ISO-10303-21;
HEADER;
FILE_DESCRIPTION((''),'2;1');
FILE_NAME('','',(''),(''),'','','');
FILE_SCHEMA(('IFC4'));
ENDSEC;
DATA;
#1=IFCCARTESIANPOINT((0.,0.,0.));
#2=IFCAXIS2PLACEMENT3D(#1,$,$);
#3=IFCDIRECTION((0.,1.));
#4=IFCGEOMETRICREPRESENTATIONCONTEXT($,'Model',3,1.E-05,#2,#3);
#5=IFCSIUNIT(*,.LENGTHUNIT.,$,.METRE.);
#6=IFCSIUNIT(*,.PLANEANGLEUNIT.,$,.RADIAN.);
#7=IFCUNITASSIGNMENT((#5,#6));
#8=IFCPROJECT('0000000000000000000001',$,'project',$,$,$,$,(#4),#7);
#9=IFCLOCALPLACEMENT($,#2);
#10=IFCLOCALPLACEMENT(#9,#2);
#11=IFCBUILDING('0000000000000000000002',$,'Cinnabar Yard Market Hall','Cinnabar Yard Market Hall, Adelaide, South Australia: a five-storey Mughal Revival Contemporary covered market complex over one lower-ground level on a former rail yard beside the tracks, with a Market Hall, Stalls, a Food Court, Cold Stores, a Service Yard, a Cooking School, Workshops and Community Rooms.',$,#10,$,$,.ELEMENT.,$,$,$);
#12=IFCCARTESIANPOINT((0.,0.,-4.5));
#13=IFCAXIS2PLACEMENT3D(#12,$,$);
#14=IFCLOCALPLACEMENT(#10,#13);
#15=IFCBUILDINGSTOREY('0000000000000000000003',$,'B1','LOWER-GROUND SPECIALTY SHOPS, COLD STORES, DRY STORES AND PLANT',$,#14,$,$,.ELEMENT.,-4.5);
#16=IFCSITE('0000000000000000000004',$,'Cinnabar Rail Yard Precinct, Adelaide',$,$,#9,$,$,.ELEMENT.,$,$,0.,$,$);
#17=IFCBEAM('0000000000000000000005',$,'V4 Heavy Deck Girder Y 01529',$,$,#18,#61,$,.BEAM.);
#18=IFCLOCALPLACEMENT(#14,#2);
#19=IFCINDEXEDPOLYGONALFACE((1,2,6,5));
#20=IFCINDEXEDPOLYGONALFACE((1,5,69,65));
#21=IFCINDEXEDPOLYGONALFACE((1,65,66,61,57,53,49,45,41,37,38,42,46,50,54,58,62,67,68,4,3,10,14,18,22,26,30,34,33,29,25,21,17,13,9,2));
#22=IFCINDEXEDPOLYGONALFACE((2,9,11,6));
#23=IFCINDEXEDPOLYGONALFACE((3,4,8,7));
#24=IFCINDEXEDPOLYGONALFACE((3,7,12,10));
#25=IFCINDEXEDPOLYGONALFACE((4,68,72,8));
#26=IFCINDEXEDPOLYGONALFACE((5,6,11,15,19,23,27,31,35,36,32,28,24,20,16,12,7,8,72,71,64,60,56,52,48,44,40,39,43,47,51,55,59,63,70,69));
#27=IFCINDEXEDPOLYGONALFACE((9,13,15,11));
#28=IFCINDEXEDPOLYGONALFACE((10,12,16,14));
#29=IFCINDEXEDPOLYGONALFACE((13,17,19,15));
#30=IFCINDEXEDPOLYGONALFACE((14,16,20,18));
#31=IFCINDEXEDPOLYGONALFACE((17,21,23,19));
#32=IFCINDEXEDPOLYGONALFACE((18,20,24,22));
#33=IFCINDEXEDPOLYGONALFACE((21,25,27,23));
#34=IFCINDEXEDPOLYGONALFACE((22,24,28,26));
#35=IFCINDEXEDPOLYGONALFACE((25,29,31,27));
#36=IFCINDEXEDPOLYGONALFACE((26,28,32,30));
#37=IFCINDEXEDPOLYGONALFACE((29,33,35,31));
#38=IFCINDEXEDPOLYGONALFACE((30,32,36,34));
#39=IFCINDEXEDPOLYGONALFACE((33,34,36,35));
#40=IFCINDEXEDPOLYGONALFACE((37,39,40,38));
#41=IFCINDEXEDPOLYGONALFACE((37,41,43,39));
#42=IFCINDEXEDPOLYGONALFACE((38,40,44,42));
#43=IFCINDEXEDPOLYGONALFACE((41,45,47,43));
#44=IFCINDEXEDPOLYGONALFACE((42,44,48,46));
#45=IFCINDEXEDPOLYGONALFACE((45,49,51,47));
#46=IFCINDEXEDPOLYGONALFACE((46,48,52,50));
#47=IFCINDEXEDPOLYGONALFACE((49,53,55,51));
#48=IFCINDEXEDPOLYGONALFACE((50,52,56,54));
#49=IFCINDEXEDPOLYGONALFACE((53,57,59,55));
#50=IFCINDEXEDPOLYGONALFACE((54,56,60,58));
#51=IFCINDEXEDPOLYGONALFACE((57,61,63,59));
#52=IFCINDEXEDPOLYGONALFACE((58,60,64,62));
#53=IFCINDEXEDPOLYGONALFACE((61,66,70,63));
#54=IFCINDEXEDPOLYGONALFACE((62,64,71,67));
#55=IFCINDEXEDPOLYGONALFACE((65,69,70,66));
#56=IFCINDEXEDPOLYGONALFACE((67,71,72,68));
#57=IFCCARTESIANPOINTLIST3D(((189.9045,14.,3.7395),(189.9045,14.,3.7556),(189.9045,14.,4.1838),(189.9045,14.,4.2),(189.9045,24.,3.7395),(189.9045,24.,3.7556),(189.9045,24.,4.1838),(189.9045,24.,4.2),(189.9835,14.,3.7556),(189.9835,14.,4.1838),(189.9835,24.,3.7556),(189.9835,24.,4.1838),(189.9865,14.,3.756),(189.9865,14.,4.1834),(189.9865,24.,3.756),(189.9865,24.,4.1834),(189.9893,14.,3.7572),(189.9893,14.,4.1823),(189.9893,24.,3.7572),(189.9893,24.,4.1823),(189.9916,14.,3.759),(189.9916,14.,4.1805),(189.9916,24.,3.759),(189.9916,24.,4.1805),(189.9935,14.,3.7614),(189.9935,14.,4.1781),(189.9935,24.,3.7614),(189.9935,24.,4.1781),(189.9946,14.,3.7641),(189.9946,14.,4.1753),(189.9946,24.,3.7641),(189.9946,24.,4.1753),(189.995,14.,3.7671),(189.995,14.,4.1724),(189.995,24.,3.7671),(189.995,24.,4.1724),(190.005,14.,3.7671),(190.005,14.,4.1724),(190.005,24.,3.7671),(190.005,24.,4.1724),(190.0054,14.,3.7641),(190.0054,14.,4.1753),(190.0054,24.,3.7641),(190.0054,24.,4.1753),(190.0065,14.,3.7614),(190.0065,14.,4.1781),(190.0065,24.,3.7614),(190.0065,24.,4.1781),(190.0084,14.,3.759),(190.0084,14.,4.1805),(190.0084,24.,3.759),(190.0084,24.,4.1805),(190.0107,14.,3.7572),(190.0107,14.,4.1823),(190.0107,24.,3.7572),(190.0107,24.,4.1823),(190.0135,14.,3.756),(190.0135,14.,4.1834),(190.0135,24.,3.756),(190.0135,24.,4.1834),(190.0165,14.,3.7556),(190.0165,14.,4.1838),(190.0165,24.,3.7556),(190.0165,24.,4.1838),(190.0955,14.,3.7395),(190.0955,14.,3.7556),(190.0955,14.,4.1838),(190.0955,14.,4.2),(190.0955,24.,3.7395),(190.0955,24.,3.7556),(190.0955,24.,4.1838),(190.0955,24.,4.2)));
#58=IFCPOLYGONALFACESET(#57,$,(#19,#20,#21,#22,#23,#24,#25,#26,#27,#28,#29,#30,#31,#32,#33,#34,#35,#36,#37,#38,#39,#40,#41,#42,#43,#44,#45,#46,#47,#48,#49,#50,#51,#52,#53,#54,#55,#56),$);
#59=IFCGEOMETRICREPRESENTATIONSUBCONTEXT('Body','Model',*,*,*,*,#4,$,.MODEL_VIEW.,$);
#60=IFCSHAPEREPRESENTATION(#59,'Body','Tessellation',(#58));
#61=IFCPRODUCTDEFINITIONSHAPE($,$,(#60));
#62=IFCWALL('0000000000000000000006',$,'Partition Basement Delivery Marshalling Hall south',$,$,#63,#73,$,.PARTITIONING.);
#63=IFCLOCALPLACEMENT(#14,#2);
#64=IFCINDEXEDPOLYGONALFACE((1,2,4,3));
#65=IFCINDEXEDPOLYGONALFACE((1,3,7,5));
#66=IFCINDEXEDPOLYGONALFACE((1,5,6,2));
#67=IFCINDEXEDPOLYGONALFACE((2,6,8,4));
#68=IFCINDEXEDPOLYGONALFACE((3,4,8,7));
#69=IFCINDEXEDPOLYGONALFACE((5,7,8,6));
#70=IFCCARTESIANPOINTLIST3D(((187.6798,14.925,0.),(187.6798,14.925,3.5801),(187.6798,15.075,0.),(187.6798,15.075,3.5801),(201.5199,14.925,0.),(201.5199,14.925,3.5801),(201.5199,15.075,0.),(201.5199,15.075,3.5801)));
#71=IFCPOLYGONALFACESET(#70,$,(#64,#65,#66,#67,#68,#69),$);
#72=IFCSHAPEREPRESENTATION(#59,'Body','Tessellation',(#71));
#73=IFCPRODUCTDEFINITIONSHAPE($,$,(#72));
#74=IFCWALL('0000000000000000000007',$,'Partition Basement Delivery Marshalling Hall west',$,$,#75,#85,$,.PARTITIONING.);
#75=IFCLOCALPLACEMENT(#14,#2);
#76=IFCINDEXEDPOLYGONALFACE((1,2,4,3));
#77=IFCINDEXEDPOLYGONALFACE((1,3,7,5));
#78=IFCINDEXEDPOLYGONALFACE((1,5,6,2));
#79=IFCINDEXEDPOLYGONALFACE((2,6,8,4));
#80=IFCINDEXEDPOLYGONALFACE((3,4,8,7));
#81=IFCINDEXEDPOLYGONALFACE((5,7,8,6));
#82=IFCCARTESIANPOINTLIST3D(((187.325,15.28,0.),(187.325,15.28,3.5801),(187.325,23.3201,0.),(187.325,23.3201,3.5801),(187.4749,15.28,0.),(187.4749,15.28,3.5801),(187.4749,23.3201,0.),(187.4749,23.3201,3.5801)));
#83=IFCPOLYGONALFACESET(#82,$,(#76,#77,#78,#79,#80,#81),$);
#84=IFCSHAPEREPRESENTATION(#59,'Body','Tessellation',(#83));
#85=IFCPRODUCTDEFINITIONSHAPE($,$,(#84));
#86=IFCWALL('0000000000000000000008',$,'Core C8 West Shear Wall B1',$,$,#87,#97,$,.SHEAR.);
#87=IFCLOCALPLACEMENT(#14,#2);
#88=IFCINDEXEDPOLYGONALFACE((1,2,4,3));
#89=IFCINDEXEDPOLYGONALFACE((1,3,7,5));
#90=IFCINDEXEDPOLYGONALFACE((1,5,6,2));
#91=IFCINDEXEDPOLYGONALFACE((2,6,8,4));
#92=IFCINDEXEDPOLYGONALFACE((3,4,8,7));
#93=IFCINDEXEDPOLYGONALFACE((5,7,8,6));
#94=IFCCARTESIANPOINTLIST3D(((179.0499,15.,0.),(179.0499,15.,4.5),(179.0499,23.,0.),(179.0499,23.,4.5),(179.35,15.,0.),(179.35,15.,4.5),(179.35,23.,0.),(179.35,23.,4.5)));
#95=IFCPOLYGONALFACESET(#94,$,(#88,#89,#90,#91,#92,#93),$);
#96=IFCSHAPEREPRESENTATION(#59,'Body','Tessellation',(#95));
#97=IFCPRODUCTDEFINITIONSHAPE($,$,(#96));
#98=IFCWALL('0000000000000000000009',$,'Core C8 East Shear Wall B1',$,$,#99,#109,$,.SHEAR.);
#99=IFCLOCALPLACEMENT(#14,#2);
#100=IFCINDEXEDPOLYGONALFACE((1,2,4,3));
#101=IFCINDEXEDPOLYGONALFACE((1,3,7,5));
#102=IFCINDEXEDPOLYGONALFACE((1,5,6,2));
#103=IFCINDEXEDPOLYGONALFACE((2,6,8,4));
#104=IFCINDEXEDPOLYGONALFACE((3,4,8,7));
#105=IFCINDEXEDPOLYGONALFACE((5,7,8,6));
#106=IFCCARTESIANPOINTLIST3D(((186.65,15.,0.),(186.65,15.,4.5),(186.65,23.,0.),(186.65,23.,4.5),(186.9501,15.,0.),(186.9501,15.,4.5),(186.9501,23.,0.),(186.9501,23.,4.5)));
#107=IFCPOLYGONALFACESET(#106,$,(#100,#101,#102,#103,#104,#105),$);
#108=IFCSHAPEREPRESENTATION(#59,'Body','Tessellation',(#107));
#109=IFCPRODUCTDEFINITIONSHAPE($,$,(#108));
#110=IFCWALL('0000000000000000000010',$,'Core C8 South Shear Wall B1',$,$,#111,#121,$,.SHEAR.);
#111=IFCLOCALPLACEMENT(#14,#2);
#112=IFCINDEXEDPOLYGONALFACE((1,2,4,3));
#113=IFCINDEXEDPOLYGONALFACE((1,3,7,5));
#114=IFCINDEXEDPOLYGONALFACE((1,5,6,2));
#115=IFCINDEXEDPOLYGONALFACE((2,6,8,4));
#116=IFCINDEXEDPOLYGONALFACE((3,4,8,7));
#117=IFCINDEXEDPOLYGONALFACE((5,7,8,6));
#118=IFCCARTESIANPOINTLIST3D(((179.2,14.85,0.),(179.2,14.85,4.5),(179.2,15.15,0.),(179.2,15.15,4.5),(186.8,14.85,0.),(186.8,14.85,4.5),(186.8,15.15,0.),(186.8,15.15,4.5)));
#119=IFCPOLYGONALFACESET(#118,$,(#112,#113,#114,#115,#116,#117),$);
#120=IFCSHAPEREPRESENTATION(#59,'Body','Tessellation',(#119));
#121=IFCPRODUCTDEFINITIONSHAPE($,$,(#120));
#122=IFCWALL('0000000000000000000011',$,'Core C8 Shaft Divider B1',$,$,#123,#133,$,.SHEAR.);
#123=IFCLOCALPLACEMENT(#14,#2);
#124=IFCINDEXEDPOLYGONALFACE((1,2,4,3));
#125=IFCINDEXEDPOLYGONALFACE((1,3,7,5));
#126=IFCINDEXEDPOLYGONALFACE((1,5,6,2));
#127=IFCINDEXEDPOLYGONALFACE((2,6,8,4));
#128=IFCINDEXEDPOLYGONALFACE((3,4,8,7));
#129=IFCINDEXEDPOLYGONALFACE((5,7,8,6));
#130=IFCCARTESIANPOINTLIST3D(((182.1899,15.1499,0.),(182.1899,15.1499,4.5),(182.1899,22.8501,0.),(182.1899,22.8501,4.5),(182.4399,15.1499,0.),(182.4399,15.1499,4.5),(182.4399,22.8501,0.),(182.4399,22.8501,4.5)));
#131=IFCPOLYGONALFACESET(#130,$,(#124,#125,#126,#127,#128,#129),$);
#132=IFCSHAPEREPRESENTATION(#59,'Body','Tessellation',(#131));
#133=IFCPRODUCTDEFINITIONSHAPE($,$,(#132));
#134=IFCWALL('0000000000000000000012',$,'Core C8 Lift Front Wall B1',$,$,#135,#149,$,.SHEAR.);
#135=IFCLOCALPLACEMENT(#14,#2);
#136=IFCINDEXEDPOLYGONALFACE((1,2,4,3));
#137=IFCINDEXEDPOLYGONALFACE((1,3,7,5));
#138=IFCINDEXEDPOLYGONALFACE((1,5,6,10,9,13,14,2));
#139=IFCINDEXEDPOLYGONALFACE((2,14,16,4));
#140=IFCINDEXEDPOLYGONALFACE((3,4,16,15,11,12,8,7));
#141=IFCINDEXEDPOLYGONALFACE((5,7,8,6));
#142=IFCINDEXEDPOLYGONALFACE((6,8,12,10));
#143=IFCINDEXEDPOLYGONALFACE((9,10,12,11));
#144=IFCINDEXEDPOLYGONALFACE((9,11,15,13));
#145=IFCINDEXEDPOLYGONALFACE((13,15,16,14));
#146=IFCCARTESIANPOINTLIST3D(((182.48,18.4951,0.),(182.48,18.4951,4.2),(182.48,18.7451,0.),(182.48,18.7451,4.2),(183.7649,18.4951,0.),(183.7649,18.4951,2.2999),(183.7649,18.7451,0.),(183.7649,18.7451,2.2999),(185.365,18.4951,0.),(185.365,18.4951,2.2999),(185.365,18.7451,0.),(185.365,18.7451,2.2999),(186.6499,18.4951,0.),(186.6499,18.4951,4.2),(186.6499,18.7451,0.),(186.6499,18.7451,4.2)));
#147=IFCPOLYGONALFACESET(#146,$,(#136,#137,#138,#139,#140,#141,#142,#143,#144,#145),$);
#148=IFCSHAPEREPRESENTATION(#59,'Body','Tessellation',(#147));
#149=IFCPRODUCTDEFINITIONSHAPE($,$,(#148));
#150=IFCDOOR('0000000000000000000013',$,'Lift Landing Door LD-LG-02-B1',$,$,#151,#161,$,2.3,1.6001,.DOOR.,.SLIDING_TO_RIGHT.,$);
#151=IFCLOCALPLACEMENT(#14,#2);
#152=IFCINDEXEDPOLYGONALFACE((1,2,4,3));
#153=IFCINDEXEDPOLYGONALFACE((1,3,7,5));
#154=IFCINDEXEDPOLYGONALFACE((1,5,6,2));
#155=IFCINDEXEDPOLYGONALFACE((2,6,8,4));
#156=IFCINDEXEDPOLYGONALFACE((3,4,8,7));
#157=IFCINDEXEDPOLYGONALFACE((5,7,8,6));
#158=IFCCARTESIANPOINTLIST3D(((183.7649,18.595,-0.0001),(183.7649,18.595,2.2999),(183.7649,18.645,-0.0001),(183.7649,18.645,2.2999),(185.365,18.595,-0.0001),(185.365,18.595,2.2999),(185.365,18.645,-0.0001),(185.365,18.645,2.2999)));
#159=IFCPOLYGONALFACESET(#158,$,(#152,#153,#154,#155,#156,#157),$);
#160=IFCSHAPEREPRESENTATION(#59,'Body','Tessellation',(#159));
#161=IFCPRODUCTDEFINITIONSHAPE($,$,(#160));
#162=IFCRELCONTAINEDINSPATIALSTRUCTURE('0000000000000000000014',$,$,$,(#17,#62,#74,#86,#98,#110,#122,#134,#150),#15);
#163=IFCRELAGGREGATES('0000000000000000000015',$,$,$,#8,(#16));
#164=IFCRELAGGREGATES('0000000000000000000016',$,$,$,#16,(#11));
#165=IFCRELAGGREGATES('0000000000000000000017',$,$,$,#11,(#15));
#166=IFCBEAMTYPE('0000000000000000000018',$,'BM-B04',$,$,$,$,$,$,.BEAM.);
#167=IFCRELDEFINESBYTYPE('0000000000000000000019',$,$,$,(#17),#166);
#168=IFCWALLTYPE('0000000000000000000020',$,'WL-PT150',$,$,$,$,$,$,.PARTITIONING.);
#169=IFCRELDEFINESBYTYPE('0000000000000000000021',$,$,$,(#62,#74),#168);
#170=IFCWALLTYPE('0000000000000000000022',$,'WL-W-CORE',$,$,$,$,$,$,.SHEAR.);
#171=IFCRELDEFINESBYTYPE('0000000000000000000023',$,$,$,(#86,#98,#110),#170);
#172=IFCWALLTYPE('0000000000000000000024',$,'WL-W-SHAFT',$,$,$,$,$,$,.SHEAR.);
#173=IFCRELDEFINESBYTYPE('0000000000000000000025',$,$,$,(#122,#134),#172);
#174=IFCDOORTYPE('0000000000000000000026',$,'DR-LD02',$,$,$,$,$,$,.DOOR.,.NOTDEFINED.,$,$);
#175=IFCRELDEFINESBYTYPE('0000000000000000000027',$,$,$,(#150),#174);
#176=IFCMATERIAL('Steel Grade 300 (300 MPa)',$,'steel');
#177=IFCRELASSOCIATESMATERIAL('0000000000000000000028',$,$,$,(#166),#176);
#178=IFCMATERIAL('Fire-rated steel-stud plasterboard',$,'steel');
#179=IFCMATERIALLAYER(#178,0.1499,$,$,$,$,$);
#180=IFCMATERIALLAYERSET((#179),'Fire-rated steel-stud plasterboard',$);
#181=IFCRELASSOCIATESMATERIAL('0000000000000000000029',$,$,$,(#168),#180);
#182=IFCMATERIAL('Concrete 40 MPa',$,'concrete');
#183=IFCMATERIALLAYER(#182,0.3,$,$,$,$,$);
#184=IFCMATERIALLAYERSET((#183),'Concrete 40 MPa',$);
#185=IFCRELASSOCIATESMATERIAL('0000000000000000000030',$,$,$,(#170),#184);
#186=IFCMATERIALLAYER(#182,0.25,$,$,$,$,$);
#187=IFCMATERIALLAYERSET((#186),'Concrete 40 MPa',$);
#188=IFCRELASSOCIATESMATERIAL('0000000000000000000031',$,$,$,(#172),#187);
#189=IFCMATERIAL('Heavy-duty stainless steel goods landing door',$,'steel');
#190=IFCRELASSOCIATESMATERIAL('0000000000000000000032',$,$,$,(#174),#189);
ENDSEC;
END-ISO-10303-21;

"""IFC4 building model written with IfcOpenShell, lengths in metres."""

from ifc_helpers import new_model, si_unit, direction, frame, frame_2d, origin, origin_2d_with_axis, place, context, subcontext, project, spatial, rectangle, i_section, extrude, material, layer, layer_set, material_profile, profile_set, type_object, element, fill, save


model = new_model("IFC4")

# Units and contexts
model_context = context("Model", 3, precision=1e-05, world=origin(), true_north=direction((0.0, 1.0)))
body_context = subcontext(model_context, "Body", "Model", "MODEL_VIEW")
ifc_project = project(units=[si_unit("LENGTHUNIT", "METRE"), si_unit("PLANEANGLEUNIT", "RADIAN")], contexts=[model_context])

# Site, building, storey
site_placement = place(None, origin())
site = spatial("IfcSite", under=ifc_project, at=site_placement, Name="Cinnabar Rail Yard Precinct, Adelaide", CompositionType="ELEMENT", RefElevation=0.0)
building_placement = place(site_placement, origin())
building = spatial("IfcBuilding", under=site, at=building_placement, Name="Cinnabar Yard Market Hall", Description="Cinnabar Yard Market Hall, Adelaide, South Australia: a five-storey Mughal Revival Contemporary covered market complex over one lower-ground level on a former rail yard beside the tracks, with a Market Hall, Stalls, a Food Court, Cold Stores, a Service Yard, a Cooking School, Workshops and Community Rooms.", CompositionType="ELEMENT")
storey_placement = place(building_placement, frame((0.0, 0.0, -4.5)))
storey = spatial("IfcBuildingStorey", under=building, at=storey_placement, Name="B1", Description="LOWER-GROUND SPECIALTY SHOPS, COLD STORES, DRY STORES AND PLANT", CompositionType="ELEMENT", Elevation=-4.5)

# Shared definitions
ifc_material_1 = material(Name="Concrete 40 MPa", Category="concrete")

# Shared definitions
ifc_material_2 = material(Name="Steel Grade 300 (300 MPa)", Category="steel")

# Beam
ifc_material_profile_1 = material_profile(ifc_material_2, i_section(OverallWidth=0.1909, OverallDepth=0.4604, WebThickness=0.01, FlangeThickness=0.0161, FilletRadius=0.0115, at=origin_2d_with_axis()), Name="460UB82.1")
ifc_profile_set_1 = profile_set([ifc_material_profile_1], Name="Steel Grade 300 (300 MPa)")
beam_type_1 = type_object("IfcBeamType", Name="BM-B04", PredefinedType="BEAM", material=ifc_profile_set_1)
beam_placement = place(storey_placement, frame((190.0, 14.0, 3.9697), z_axis=(0.0, 1.0, 0.0), x_axis=(-1.0, 0.0, 0.0)))
element("IfcBeam", 1, at=beam_placement, inside=storey, type_object=beam_type_1, Name="V4 Heavy Deck Girder Y 01529", PredefinedType="BEAM", context=body_context, shape_type="SweptSolid", body=[
    extrude(i_section(OverallWidth=0.1909, OverallDepth=0.4604, WebThickness=0.01, FlangeThickness=0.0161, FilletRadius=0.0115, at=origin_2d_with_axis()), origin(), (0.0, 0.0, 1.0), 10.0),
])

# Walls
ifc_material_3 = material(Name="Fire-rated steel-stud plasterboard", Category="steel")
ifc_layer_1 = layer(ifc_material_3, 0.1499)
ifc_layer_set_1 = layer_set([ifc_layer_1], Name="Fire-rated steel-stud plasterboard")
wall_type_1 = type_object("IfcWallType", Name="WL-PT150", PredefinedType="PARTITIONING", material=ifc_layer_set_1)
wall_1_placement = place(storey_placement, frame((187.6799, 15.0, 0.0), z_axis=(0.0, 0.0, 1.0), x_axis=(1.0, 0.0, 0.0)))
element("IfcWall", 2, at=wall_1_placement, inside=storey, type_object=wall_type_1, Name="Partition Basement Delivery Marshalling Hall south", PredefinedType="PARTITIONING", context=body_context, shape_type="SweptSolid", body=[
    extrude(rectangle(XDim=13.8401, YDim=0.1499, at=frame_2d((6.9199, 0.0), x_axis=(1.0, 0.0))), origin(), (0.0, 0.0, 1.0), 3.5801),
])
wall_2_placement = place(storey_placement, frame((187.3999, 23.3201, 0.0), z_axis=(0.0, 0.0, 1.0), x_axis=(0.0, -1.0, 0.0)))
element("IfcWall", 3, at=wall_2_placement, inside=storey, type_object=wall_type_1, Name="Partition Basement Delivery Marshalling Hall west", PredefinedType="PARTITIONING", context=body_context, shape_type="SweptSolid", body=[
    extrude(rectangle(XDim=8.04, YDim=0.1499, at=frame_2d((4.02, 0.0), x_axis=(1.0, 0.0))), origin(), (0.0, 0.0, 1.0), 3.5801),
])
ifc_layer_2 = layer(ifc_material_1, 0.3)
ifc_layer_set_2 = layer_set([ifc_layer_2], Name="Concrete 40 MPa")
wall_type_2 = type_object("IfcWallType", Name="WL-W-CORE", PredefinedType="SHEAR", material=ifc_layer_set_2)
for number, where, z_axis, x_axis, name in (
    (4, (179.2, 23.0, 0.0), (0.0, 0.0, 1.0), (0.0, -1.0, 0.0), "Core C8 West Shear Wall B1"),
    (5, (186.8, 15.0, 0.0), (0.0, 0.0, 1.0), (0.0, 1.0, 0.0), "Core C8 East Shear Wall B1"),
):
    element("IfcWall", number, at=place(storey_placement, frame(where, z_axis=z_axis, x_axis=x_axis)), inside=storey, type_object=wall_type_2, Name=name, PredefinedType="SHEAR", context=body_context, shape_type="SweptSolid", body=[
        extrude(rectangle(XDim=8.0, YDim=0.3, at=frame_2d((4.0, 0.0), x_axis=(1.0, 0.0))), origin(), (0.0, 0.0, 1.0), 4.5),
    ])
wall_3_placement = place(storey_placement, frame((179.2, 15.0, 0.0), z_axis=(0.0, 0.0, 1.0), x_axis=(1.0, 0.0, 0.0)))
element("IfcWall", 6, at=wall_3_placement, inside=storey, type_object=wall_type_2, Name="Core C8 South Shear Wall B1", PredefinedType="SHEAR", context=body_context, shape_type="SweptSolid", body=[
    extrude(rectangle(XDim=7.6001, YDim=0.3, at=frame_2d((3.8, 0.0), x_axis=(1.0, 0.0))), origin(), (0.0, 0.0, 1.0), 4.5),
])

# Wall
ifc_layer_3 = layer(ifc_material_1, 0.25)
ifc_layer_set_3 = layer_set([ifc_layer_3], Name="Concrete 40 MPa")
wall_type_3 = type_object("IfcWallType", Name="WL-W-SHAFT", PredefinedType="SHEAR", material=ifc_layer_set_3)
wall_4_placement = place(storey_placement, frame((182.3149, 15.1499, 0.0), z_axis=(0.0, 0.0, 1.0), x_axis=(0.0, 1.0, 0.0)))
element("IfcWall", 7, at=wall_4_placement, inside=storey, type_object=wall_type_3, Name="Core C8 Shaft Divider B1", PredefinedType="SHEAR", context=body_context, shape_type="SweptSolid", body=[
    extrude(rectangle(XDim=7.7002, YDim=0.25, at=frame_2d((3.8501, 0.0), x_axis=(1.0, 0.0))), origin(), (0.0, 0.0, 1.0), 4.5),
])

# Wall, opening, door
wall_5_placement = place(storey_placement, frame((182.48, 18.6201, 0.0), z_axis=(0.0, 0.0, 1.0), x_axis=(1.0, 0.0, 0.0)))
wall_5 = element("IfcWall", 8, at=wall_5_placement, inside=storey, type_object=wall_type_3, Name="Core C8 Lift Front Wall B1", PredefinedType="SHEAR", context=body_context, shape_type="SweptSolid", body=[
    extrude(rectangle(XDim=4.1699, YDim=0.25, at=frame_2d((2.085, 0.0), x_axis=(1.0, 0.0))), origin(), (0.0, 0.0, 1.0), 4.2),
])
opening_1_placement = place(wall_5_placement, frame((1.2849, 0.0, 0.0)))
opening_1 = element("IfcOpeningElement", 9, at=opening_1_placement, cuts=wall_5, PredefinedType="OPENING", context=body_context, shape_type="SweptSolid", body=[
    extrude(rectangle(XDim=1.6001, YDim=2.3, at=frame_2d((0.8, 1.1499), x_axis=(1.0, 0.0))), frame((0.0, 0.135, 0.0), z_axis=(0.0, -1.0, 0.0), x_axis=(1.0, 0.0, 0.0)), (0.0, 0.0, 1.0), 0.27),
])
ifc_material_4 = material(Name="Heavy-duty stainless steel goods landing door", Category="steel")
door_type_1 = type_object("IfcDoorType", Name="DR-LD02", OperationType="NOTDEFINED", PredefinedType="DOOR", material=ifc_material_4)
door_1_placement = place(opening_1_placement, origin())
door_1 = element("IfcDoor", 10, at=door_1_placement, inside=storey, type_object=door_type_1, Name="Lift Landing Door LD-LG-02-B1", OperationType="SLIDING_TO_RIGHT", OverallHeight=2.3, OverallWidth=1.6001, PredefinedType="DOOR", context=body_context, shape_type="SweptSolid", body=[
    extrude(rectangle(XDim=1.6001, YDim=2.3, at=frame_2d((0.8, 1.1499), x_axis=(1.0, 0.0))), frame((0.0, 0.0249, 0.0), z_axis=(0.0, -1.0, 0.0), x_axis=(1.0, 0.0, 0.0)), (0.0, 0.0, 1.0), 0.05),
])
fill(opening_1, door_1)

save(model, "model.ifc")
